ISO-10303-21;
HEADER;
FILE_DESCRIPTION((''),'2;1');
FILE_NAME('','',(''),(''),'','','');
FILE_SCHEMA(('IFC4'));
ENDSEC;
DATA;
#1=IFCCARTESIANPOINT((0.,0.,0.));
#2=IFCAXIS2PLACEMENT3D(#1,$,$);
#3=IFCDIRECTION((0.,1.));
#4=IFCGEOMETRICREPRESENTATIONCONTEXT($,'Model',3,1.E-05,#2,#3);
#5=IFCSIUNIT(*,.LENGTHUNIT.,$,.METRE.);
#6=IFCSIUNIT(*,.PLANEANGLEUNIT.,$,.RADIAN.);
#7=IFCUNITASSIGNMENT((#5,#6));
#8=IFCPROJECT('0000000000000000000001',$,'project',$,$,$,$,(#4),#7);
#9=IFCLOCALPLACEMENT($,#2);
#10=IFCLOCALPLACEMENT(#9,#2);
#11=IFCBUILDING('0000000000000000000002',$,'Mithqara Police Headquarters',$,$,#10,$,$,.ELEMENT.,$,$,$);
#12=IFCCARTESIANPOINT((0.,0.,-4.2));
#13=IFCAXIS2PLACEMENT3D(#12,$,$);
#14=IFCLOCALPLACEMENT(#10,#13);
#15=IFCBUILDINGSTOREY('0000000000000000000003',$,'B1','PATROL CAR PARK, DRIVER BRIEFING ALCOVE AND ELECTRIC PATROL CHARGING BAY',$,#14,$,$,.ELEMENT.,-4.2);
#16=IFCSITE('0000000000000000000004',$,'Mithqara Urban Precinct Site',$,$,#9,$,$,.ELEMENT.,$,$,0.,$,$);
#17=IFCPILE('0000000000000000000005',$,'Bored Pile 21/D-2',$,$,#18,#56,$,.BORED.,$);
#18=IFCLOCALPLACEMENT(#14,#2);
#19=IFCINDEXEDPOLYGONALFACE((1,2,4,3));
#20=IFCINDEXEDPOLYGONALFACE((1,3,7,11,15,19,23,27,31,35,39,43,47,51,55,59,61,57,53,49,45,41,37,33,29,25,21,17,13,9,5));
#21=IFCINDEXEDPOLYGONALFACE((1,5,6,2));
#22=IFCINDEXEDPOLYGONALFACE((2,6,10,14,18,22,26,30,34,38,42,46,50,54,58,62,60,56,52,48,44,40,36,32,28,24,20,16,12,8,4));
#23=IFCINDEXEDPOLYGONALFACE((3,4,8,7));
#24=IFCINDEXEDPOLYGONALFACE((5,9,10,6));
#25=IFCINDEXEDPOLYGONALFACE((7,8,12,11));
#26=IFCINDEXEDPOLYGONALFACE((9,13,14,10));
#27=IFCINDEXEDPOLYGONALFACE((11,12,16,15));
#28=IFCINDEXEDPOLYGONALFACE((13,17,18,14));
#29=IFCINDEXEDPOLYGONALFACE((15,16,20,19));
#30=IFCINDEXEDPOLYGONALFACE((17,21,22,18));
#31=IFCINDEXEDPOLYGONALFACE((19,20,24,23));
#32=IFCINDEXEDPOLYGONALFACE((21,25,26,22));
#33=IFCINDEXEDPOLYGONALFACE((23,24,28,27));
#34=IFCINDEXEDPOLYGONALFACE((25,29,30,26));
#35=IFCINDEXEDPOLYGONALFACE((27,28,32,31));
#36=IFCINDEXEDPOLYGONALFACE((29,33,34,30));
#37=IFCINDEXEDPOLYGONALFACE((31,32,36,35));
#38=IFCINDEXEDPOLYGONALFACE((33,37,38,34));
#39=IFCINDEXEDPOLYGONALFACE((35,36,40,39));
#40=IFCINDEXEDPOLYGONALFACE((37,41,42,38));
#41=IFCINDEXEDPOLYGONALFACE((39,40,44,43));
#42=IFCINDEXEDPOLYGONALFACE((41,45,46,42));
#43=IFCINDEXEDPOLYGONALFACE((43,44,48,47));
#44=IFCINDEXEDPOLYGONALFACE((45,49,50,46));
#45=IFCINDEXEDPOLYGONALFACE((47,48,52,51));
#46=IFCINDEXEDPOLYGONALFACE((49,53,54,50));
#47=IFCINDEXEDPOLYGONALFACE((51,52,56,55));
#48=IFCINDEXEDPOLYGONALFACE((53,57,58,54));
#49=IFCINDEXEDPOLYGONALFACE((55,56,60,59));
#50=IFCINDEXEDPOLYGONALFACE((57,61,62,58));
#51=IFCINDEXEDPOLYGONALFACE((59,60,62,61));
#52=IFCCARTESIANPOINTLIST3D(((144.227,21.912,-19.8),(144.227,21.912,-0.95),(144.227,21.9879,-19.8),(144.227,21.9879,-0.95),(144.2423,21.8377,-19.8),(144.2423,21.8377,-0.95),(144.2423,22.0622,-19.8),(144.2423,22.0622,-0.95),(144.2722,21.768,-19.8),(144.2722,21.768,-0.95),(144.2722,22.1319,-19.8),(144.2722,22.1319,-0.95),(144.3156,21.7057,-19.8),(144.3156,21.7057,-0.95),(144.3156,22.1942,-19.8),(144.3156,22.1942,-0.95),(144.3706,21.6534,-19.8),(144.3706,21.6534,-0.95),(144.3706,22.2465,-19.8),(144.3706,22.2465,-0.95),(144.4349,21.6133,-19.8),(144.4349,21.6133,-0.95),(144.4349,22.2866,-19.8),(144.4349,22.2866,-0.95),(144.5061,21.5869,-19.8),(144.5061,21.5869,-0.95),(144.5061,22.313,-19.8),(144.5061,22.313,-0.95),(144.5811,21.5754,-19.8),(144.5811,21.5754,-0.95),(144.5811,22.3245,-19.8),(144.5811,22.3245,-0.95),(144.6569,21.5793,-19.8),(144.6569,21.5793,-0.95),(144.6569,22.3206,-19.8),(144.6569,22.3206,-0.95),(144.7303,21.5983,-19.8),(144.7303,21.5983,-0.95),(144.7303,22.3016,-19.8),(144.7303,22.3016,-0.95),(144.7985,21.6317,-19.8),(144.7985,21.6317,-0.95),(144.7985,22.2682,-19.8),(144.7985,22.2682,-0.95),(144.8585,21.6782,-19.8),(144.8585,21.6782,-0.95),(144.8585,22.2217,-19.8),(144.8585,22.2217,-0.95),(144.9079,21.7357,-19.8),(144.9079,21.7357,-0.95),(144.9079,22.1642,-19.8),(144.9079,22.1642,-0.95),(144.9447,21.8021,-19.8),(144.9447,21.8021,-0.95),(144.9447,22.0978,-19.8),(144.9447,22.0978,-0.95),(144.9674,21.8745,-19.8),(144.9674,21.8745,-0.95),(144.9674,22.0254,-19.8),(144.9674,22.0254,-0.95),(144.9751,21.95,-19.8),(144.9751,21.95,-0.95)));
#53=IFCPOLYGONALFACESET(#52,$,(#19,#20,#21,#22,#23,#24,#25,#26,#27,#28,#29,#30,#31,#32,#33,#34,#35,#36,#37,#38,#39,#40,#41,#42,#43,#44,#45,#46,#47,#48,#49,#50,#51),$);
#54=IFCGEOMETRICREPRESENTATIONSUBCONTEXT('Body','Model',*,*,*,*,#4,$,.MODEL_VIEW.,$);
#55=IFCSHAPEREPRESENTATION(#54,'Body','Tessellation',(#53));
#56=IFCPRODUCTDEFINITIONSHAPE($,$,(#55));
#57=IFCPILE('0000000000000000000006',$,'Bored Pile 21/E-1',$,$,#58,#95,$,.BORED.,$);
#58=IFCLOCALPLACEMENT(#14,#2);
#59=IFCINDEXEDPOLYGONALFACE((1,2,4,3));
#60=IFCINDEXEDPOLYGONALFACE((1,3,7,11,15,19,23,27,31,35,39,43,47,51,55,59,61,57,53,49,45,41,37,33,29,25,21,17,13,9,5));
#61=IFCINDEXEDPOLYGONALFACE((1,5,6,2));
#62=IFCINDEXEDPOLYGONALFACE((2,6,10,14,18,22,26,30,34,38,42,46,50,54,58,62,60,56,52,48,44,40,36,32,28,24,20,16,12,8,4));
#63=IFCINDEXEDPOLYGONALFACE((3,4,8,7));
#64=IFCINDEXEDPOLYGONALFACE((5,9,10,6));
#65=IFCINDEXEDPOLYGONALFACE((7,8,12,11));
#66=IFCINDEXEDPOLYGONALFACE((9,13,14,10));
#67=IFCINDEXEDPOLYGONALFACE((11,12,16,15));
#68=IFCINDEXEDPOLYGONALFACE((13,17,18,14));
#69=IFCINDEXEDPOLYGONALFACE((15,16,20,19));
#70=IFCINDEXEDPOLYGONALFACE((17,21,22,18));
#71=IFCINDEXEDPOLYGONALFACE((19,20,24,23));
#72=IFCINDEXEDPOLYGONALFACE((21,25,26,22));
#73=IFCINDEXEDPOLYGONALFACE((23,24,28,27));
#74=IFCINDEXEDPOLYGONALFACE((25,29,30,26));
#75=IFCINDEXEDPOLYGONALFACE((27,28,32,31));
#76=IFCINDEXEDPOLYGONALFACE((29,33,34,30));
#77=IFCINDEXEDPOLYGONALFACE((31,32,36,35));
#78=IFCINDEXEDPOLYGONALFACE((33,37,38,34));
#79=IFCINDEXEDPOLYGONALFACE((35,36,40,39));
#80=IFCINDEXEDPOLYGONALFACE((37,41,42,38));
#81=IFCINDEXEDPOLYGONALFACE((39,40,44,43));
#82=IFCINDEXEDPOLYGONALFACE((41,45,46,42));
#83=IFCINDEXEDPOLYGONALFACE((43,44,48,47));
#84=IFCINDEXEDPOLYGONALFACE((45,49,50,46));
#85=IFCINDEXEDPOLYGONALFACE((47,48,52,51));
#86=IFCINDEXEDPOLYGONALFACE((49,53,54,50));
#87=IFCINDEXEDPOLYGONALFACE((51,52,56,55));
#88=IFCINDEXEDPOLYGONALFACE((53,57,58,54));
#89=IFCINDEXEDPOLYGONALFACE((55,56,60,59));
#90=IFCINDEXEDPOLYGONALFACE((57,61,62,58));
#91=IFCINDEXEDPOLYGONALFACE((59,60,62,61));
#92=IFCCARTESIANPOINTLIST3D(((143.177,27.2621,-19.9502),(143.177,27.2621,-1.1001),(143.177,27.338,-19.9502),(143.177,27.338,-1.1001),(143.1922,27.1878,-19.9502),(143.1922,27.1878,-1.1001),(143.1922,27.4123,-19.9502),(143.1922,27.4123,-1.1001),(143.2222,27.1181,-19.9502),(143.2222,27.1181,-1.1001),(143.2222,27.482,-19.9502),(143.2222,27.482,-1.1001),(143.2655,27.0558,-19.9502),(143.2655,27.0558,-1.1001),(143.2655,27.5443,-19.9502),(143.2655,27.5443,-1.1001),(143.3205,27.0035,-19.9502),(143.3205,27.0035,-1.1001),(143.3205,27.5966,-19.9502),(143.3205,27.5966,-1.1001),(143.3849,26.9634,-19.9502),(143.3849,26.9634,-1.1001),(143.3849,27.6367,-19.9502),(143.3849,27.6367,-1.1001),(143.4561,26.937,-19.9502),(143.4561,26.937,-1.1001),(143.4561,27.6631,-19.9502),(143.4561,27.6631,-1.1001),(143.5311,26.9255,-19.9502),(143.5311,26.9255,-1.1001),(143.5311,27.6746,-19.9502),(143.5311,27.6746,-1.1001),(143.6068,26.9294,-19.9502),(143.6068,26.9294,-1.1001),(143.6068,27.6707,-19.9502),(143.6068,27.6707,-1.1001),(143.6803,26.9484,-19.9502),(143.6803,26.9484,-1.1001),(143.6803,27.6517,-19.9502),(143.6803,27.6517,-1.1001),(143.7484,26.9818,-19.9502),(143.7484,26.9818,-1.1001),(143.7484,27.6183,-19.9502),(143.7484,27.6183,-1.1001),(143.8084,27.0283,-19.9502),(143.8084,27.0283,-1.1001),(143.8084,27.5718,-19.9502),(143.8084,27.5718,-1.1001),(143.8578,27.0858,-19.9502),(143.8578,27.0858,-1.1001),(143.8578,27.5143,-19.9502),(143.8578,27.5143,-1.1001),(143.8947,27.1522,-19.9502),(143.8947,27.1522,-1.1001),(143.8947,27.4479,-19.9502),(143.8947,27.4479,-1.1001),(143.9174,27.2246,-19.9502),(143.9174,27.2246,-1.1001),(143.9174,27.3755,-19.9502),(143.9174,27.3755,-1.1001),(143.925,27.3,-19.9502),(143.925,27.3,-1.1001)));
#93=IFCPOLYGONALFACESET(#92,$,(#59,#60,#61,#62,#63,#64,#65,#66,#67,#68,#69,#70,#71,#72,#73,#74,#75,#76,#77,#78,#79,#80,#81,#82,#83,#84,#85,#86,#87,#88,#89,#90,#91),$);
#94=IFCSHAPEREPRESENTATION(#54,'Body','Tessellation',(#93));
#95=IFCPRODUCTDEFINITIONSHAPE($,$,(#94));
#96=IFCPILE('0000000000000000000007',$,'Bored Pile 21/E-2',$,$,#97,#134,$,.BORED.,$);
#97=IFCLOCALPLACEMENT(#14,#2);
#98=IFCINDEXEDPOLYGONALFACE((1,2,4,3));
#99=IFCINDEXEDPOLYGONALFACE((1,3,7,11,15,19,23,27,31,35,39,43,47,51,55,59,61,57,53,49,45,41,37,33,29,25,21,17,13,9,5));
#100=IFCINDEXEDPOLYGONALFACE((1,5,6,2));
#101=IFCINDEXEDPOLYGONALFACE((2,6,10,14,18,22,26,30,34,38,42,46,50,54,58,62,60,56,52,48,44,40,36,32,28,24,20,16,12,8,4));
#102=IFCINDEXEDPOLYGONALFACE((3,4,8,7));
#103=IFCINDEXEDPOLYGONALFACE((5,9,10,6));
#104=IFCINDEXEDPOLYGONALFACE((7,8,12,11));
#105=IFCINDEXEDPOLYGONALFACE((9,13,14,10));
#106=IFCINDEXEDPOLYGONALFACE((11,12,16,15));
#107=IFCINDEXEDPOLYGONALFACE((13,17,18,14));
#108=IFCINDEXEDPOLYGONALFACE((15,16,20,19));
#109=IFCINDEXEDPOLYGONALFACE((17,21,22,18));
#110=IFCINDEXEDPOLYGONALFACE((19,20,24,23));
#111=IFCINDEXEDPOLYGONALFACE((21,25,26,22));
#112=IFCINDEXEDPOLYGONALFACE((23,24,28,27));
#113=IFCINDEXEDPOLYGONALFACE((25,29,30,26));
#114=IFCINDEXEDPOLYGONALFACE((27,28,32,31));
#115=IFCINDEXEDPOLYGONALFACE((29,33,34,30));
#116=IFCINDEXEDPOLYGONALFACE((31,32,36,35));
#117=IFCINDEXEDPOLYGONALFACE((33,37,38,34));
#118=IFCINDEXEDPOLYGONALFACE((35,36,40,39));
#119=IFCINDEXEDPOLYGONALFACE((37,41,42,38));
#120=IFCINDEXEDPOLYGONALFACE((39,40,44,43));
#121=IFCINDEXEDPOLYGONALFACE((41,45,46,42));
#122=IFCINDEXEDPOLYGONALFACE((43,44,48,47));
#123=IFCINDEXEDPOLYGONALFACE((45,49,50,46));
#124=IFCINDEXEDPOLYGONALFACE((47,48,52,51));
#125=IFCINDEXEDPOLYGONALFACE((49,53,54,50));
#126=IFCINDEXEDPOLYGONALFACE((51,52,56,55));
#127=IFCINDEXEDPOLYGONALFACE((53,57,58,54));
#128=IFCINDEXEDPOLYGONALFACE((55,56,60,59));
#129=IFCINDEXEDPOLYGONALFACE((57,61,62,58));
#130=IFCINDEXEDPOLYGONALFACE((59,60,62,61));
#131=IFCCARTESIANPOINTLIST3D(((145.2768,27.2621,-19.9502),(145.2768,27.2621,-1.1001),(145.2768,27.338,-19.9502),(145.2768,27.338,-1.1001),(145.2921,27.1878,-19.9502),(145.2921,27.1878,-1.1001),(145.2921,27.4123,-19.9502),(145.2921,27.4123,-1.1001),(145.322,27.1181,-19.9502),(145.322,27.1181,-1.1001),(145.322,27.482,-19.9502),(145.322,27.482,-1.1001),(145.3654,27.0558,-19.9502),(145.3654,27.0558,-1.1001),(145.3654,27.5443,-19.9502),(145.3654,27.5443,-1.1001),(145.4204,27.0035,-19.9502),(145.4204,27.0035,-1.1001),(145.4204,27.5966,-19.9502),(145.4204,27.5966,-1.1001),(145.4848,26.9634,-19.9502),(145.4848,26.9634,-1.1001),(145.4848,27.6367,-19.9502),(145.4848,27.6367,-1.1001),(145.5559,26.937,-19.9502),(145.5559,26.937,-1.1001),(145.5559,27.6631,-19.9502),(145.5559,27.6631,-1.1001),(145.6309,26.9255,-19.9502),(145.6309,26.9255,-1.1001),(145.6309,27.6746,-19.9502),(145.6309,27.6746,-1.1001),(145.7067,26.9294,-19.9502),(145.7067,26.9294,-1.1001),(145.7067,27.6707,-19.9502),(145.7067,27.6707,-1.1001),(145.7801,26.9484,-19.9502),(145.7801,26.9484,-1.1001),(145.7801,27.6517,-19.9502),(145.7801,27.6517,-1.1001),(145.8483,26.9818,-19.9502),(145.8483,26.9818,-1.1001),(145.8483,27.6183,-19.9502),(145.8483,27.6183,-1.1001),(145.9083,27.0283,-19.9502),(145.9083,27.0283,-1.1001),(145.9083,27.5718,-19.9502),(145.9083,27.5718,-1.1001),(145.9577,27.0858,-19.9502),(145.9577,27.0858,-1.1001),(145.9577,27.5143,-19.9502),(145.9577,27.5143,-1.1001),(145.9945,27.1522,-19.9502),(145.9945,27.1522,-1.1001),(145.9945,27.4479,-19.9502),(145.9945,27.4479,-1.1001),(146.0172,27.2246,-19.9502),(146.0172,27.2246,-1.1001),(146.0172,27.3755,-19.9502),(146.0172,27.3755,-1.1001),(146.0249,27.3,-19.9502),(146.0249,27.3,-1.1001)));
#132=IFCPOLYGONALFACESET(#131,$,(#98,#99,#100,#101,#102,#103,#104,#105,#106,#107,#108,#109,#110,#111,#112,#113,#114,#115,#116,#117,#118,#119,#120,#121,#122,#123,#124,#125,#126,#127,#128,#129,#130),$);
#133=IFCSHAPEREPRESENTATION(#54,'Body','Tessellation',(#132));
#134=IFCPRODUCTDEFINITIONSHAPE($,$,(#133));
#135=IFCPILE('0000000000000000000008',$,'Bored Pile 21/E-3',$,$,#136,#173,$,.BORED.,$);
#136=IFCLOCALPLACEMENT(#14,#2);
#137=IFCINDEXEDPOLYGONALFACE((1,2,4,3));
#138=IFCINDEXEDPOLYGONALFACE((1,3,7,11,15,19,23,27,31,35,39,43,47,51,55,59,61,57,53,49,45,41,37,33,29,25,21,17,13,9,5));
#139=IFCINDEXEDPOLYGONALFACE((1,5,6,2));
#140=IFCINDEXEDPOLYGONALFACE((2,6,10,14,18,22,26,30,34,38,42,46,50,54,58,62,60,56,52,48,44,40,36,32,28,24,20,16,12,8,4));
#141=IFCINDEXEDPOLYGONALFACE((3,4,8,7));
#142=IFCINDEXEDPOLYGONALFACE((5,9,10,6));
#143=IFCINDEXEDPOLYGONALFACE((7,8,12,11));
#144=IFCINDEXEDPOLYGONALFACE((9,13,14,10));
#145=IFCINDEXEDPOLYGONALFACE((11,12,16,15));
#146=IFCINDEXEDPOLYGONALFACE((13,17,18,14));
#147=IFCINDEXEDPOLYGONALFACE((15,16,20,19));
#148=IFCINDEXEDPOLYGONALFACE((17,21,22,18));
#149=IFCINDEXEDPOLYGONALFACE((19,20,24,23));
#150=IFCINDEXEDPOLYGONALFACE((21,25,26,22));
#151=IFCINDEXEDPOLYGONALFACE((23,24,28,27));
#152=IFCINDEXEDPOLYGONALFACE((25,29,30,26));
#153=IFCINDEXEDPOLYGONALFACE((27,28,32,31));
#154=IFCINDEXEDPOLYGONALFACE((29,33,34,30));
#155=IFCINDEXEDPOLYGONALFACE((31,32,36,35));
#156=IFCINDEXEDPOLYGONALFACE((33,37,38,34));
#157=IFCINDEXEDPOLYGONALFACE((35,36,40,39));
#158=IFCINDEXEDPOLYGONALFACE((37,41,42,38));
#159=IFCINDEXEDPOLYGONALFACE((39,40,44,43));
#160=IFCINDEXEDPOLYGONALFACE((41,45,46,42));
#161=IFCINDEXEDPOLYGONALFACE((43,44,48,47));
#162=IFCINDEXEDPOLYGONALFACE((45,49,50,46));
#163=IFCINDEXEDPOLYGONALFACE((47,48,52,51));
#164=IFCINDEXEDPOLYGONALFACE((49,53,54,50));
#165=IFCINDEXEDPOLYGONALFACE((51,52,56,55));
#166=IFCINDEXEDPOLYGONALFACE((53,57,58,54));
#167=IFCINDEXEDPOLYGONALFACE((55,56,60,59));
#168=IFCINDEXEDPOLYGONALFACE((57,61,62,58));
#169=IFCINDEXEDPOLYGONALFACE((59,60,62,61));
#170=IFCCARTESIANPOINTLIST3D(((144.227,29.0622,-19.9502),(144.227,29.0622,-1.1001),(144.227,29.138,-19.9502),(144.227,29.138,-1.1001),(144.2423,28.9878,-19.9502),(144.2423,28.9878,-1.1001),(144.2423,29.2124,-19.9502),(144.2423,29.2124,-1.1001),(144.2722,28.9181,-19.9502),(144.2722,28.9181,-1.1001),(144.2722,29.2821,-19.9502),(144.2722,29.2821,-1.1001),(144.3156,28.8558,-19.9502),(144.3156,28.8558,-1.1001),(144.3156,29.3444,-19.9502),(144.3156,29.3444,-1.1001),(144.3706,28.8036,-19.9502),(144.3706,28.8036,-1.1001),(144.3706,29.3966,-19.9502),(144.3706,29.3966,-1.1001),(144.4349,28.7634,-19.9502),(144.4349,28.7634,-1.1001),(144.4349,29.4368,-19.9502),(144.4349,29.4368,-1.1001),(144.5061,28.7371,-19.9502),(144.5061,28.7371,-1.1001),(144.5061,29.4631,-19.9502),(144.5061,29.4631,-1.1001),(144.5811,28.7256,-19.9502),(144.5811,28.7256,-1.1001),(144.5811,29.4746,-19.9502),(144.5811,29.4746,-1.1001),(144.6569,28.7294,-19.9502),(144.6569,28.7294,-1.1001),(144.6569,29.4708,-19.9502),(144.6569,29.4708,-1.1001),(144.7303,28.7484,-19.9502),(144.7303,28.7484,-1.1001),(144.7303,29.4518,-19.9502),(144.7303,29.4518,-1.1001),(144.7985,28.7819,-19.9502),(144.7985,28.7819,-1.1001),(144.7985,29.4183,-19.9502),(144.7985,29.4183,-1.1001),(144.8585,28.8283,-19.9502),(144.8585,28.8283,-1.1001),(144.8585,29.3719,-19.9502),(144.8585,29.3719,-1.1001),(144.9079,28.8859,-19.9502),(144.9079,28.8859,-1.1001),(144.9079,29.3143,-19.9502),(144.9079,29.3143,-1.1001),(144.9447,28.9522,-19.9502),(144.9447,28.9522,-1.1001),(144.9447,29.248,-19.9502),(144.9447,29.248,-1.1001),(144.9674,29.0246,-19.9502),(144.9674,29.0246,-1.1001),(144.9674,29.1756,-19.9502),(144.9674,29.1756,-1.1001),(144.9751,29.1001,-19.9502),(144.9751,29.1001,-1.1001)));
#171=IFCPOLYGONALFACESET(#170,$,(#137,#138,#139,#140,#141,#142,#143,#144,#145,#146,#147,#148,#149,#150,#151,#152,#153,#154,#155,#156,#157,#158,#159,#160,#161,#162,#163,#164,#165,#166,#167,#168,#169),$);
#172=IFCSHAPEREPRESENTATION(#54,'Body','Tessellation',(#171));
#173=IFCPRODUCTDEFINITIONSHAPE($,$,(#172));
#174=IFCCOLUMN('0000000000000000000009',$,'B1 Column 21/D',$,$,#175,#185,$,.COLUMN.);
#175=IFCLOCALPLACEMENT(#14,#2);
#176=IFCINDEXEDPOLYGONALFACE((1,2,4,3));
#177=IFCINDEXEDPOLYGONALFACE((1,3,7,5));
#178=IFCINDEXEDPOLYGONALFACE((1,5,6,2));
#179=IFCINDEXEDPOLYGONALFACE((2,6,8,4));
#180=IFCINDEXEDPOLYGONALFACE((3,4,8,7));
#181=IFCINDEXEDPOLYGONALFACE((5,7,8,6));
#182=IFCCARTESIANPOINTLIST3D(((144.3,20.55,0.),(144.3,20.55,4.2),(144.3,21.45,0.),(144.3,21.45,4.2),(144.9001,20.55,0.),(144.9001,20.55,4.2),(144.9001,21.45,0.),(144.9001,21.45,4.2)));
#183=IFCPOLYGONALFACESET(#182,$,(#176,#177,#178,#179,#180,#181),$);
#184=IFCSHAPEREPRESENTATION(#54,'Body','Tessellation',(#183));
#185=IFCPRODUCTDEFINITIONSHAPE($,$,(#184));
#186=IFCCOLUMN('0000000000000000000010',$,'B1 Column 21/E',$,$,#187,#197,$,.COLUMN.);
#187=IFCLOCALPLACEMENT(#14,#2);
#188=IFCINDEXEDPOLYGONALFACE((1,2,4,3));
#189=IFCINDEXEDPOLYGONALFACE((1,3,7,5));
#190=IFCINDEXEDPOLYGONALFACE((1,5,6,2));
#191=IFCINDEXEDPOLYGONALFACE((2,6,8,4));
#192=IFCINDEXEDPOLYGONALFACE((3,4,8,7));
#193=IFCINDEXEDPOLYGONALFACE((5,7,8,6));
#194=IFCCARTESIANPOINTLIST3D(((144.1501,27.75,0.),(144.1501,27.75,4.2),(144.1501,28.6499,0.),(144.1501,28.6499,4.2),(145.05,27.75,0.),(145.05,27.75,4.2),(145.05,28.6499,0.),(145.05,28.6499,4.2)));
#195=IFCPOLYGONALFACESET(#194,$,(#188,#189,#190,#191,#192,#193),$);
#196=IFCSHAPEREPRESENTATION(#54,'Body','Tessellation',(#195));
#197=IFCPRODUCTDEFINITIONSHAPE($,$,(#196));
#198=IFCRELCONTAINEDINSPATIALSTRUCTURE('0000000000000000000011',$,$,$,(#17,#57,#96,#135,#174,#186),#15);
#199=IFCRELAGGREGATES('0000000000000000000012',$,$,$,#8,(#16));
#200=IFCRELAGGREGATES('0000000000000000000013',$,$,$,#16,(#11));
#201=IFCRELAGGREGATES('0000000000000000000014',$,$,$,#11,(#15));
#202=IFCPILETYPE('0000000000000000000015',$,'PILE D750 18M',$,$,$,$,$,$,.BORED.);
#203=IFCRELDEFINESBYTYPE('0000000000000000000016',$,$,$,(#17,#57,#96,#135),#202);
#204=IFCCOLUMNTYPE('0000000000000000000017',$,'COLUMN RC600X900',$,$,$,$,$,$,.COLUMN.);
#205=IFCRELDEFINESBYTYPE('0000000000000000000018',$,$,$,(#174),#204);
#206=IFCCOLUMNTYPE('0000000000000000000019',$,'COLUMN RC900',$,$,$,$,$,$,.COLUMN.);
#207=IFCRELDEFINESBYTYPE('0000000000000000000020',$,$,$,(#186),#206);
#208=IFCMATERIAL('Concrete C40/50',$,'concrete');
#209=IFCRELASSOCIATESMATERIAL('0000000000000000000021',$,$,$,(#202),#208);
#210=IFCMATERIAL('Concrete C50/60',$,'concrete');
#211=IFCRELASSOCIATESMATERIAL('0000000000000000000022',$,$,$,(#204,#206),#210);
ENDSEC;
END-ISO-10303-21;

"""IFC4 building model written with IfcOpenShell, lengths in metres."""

from ifc_helpers import new_model, si_unit, direction, frame, origin, origin_2d, place, context, subcontext, project, spatial, rectangle, circle, extrude, material, material_profile, profile_set, type_object, element, save


model = new_model("IFC4")

# Units and contexts
model_context = context("Model", 3, precision=1e-05, world=origin(), true_north=direction((0.0, 1.0)))
body_context = subcontext(model_context, "Body", "Model", "MODEL_VIEW")
ifc_project = project(units=[si_unit("LENGTHUNIT", "METRE"), si_unit("PLANEANGLEUNIT", "RADIAN")], contexts=[model_context])

# Site, building, storey
site_placement = place(None, origin())
site = spatial("IfcSite", under=ifc_project, at=site_placement, Name="Mithqara Urban Precinct Site", CompositionType="ELEMENT", RefElevation=0.0)
building_placement = place(site_placement, origin())
building = spatial("IfcBuilding", under=site, at=building_placement, Name="Mithqara Police Headquarters", CompositionType="ELEMENT")
storey_placement = place(building_placement, frame((0.0, 0.0, -4.2)))
storey = spatial("IfcBuildingStorey", under=building, at=storey_placement, Name="B1", Description="PATROL CAR PARK, DRIVER BRIEFING ALCOVE AND ELECTRIC PATROL CHARGING BAY", CompositionType="ELEMENT", Elevation=-4.2)

# Shared definitions
ifc_material_1 = material(Name="Concrete C40/50", Category="concrete")

# Piles
ifc_material_profile_1 = material_profile(ifc_material_1, circle(Radius=0.375, at=origin_2d()), Name="PILE D750")
ifc_profile_set_1 = profile_set([ifc_material_profile_1], Name="Concrete C40/50")
pile_type = type_object("IfcPileType", Name="PILE D750 18M", PredefinedType="BORED", material=ifc_profile_set_1)
for number, where, z_axis, x_axis, name in (
    (1, (144.6001, 21.95, -0.95), (0.0, 0.0, -1.0), (1.0, 0.0, 0.0), "Bored Pile 21/D-2"),
    (2, (143.55, 27.3, -1.1001), (0.0, 0.0, -1.0), (1.0, 0.0, 0.0), "Bored Pile 21/E-1"),
    (3, (145.6499, 27.3, -1.1001), (0.0, 0.0, -1.0), (1.0, 0.0, 0.0), "Bored Pile 21/E-2"),
    (4, (144.6001, 29.1001, -1.1001), (0.0, 0.0, -1.0), (1.0, 0.0, 0.0), "Bored Pile 21/E-3"),
):
    element("IfcPile", number, at=place(storey_placement, frame(where, z_axis=z_axis, x_axis=x_axis)), inside=storey, type_object=pile_type, Name=name, PredefinedType="BORED", context=body_context, shape_type="SweptSolid", body=[
        extrude(circle(Radius=0.375, at=origin_2d()), origin(), (0.0, 0.0, 1.0), 18.8501),
    ])

# Columns
ifc_material_2 = material(Name="Concrete C50/60", Category="concrete")
ifc_material_profile_2 = material_profile(ifc_material_2, rectangle(XDim=0.6001, YDim=0.8999, at=origin_2d()), Name="RC 600x900")
ifc_profile_set_2 = profile_set([ifc_material_profile_2], Name="Concrete C50/60")
column_type_1 = type_object("IfcColumnType", Name="COLUMN RC600X900", PredefinedType="COLUMN", material=ifc_profile_set_2)
column_1_placement = place(storey_placement, frame((144.6001, 21.0, 0.0), z_axis=(0.0, 0.0, 1.0), x_axis=(1.0, 0.0, 0.0)))
element("IfcColumn", 5, at=column_1_placement, inside=storey, type_object=column_type_1, Name="B1 Column 21/D", PredefinedType="COLUMN", context=body_context, shape_type="SweptSolid", body=[
    extrude(rectangle(XDim=0.6001, YDim=0.8999, at=origin_2d()), origin(), (0.0, 0.0, 1.0), 4.2),
])
ifc_material_profile_3 = material_profile(ifc_material_2, rectangle(XDim=0.8999, YDim=0.8999, at=origin_2d()), Name="RC 900x900")
ifc_profile_set_3 = profile_set([ifc_material_profile_3], Name="Concrete C50/60")
column_type_2 = type_object("IfcColumnType", Name="COLUMN RC900", PredefinedType="COLUMN", material=ifc_profile_set_3)
column_2_placement = place(storey_placement, frame((144.6001, 28.2, 0.0), z_axis=(0.0, 0.0, 1.0), x_axis=(1.0, 0.0, 0.0)))
element("IfcColumn", 6, at=column_2_placement, inside=storey, type_object=column_type_2, Name="B1 Column 21/E", PredefinedType="COLUMN", context=body_context, shape_type="SweptSolid", body=[
    extrude(rectangle(XDim=0.8999, YDim=0.8999, at=origin_2d()), origin(), (0.0, 0.0, 1.0), 4.2),
])

save(model, "model.ifc")
